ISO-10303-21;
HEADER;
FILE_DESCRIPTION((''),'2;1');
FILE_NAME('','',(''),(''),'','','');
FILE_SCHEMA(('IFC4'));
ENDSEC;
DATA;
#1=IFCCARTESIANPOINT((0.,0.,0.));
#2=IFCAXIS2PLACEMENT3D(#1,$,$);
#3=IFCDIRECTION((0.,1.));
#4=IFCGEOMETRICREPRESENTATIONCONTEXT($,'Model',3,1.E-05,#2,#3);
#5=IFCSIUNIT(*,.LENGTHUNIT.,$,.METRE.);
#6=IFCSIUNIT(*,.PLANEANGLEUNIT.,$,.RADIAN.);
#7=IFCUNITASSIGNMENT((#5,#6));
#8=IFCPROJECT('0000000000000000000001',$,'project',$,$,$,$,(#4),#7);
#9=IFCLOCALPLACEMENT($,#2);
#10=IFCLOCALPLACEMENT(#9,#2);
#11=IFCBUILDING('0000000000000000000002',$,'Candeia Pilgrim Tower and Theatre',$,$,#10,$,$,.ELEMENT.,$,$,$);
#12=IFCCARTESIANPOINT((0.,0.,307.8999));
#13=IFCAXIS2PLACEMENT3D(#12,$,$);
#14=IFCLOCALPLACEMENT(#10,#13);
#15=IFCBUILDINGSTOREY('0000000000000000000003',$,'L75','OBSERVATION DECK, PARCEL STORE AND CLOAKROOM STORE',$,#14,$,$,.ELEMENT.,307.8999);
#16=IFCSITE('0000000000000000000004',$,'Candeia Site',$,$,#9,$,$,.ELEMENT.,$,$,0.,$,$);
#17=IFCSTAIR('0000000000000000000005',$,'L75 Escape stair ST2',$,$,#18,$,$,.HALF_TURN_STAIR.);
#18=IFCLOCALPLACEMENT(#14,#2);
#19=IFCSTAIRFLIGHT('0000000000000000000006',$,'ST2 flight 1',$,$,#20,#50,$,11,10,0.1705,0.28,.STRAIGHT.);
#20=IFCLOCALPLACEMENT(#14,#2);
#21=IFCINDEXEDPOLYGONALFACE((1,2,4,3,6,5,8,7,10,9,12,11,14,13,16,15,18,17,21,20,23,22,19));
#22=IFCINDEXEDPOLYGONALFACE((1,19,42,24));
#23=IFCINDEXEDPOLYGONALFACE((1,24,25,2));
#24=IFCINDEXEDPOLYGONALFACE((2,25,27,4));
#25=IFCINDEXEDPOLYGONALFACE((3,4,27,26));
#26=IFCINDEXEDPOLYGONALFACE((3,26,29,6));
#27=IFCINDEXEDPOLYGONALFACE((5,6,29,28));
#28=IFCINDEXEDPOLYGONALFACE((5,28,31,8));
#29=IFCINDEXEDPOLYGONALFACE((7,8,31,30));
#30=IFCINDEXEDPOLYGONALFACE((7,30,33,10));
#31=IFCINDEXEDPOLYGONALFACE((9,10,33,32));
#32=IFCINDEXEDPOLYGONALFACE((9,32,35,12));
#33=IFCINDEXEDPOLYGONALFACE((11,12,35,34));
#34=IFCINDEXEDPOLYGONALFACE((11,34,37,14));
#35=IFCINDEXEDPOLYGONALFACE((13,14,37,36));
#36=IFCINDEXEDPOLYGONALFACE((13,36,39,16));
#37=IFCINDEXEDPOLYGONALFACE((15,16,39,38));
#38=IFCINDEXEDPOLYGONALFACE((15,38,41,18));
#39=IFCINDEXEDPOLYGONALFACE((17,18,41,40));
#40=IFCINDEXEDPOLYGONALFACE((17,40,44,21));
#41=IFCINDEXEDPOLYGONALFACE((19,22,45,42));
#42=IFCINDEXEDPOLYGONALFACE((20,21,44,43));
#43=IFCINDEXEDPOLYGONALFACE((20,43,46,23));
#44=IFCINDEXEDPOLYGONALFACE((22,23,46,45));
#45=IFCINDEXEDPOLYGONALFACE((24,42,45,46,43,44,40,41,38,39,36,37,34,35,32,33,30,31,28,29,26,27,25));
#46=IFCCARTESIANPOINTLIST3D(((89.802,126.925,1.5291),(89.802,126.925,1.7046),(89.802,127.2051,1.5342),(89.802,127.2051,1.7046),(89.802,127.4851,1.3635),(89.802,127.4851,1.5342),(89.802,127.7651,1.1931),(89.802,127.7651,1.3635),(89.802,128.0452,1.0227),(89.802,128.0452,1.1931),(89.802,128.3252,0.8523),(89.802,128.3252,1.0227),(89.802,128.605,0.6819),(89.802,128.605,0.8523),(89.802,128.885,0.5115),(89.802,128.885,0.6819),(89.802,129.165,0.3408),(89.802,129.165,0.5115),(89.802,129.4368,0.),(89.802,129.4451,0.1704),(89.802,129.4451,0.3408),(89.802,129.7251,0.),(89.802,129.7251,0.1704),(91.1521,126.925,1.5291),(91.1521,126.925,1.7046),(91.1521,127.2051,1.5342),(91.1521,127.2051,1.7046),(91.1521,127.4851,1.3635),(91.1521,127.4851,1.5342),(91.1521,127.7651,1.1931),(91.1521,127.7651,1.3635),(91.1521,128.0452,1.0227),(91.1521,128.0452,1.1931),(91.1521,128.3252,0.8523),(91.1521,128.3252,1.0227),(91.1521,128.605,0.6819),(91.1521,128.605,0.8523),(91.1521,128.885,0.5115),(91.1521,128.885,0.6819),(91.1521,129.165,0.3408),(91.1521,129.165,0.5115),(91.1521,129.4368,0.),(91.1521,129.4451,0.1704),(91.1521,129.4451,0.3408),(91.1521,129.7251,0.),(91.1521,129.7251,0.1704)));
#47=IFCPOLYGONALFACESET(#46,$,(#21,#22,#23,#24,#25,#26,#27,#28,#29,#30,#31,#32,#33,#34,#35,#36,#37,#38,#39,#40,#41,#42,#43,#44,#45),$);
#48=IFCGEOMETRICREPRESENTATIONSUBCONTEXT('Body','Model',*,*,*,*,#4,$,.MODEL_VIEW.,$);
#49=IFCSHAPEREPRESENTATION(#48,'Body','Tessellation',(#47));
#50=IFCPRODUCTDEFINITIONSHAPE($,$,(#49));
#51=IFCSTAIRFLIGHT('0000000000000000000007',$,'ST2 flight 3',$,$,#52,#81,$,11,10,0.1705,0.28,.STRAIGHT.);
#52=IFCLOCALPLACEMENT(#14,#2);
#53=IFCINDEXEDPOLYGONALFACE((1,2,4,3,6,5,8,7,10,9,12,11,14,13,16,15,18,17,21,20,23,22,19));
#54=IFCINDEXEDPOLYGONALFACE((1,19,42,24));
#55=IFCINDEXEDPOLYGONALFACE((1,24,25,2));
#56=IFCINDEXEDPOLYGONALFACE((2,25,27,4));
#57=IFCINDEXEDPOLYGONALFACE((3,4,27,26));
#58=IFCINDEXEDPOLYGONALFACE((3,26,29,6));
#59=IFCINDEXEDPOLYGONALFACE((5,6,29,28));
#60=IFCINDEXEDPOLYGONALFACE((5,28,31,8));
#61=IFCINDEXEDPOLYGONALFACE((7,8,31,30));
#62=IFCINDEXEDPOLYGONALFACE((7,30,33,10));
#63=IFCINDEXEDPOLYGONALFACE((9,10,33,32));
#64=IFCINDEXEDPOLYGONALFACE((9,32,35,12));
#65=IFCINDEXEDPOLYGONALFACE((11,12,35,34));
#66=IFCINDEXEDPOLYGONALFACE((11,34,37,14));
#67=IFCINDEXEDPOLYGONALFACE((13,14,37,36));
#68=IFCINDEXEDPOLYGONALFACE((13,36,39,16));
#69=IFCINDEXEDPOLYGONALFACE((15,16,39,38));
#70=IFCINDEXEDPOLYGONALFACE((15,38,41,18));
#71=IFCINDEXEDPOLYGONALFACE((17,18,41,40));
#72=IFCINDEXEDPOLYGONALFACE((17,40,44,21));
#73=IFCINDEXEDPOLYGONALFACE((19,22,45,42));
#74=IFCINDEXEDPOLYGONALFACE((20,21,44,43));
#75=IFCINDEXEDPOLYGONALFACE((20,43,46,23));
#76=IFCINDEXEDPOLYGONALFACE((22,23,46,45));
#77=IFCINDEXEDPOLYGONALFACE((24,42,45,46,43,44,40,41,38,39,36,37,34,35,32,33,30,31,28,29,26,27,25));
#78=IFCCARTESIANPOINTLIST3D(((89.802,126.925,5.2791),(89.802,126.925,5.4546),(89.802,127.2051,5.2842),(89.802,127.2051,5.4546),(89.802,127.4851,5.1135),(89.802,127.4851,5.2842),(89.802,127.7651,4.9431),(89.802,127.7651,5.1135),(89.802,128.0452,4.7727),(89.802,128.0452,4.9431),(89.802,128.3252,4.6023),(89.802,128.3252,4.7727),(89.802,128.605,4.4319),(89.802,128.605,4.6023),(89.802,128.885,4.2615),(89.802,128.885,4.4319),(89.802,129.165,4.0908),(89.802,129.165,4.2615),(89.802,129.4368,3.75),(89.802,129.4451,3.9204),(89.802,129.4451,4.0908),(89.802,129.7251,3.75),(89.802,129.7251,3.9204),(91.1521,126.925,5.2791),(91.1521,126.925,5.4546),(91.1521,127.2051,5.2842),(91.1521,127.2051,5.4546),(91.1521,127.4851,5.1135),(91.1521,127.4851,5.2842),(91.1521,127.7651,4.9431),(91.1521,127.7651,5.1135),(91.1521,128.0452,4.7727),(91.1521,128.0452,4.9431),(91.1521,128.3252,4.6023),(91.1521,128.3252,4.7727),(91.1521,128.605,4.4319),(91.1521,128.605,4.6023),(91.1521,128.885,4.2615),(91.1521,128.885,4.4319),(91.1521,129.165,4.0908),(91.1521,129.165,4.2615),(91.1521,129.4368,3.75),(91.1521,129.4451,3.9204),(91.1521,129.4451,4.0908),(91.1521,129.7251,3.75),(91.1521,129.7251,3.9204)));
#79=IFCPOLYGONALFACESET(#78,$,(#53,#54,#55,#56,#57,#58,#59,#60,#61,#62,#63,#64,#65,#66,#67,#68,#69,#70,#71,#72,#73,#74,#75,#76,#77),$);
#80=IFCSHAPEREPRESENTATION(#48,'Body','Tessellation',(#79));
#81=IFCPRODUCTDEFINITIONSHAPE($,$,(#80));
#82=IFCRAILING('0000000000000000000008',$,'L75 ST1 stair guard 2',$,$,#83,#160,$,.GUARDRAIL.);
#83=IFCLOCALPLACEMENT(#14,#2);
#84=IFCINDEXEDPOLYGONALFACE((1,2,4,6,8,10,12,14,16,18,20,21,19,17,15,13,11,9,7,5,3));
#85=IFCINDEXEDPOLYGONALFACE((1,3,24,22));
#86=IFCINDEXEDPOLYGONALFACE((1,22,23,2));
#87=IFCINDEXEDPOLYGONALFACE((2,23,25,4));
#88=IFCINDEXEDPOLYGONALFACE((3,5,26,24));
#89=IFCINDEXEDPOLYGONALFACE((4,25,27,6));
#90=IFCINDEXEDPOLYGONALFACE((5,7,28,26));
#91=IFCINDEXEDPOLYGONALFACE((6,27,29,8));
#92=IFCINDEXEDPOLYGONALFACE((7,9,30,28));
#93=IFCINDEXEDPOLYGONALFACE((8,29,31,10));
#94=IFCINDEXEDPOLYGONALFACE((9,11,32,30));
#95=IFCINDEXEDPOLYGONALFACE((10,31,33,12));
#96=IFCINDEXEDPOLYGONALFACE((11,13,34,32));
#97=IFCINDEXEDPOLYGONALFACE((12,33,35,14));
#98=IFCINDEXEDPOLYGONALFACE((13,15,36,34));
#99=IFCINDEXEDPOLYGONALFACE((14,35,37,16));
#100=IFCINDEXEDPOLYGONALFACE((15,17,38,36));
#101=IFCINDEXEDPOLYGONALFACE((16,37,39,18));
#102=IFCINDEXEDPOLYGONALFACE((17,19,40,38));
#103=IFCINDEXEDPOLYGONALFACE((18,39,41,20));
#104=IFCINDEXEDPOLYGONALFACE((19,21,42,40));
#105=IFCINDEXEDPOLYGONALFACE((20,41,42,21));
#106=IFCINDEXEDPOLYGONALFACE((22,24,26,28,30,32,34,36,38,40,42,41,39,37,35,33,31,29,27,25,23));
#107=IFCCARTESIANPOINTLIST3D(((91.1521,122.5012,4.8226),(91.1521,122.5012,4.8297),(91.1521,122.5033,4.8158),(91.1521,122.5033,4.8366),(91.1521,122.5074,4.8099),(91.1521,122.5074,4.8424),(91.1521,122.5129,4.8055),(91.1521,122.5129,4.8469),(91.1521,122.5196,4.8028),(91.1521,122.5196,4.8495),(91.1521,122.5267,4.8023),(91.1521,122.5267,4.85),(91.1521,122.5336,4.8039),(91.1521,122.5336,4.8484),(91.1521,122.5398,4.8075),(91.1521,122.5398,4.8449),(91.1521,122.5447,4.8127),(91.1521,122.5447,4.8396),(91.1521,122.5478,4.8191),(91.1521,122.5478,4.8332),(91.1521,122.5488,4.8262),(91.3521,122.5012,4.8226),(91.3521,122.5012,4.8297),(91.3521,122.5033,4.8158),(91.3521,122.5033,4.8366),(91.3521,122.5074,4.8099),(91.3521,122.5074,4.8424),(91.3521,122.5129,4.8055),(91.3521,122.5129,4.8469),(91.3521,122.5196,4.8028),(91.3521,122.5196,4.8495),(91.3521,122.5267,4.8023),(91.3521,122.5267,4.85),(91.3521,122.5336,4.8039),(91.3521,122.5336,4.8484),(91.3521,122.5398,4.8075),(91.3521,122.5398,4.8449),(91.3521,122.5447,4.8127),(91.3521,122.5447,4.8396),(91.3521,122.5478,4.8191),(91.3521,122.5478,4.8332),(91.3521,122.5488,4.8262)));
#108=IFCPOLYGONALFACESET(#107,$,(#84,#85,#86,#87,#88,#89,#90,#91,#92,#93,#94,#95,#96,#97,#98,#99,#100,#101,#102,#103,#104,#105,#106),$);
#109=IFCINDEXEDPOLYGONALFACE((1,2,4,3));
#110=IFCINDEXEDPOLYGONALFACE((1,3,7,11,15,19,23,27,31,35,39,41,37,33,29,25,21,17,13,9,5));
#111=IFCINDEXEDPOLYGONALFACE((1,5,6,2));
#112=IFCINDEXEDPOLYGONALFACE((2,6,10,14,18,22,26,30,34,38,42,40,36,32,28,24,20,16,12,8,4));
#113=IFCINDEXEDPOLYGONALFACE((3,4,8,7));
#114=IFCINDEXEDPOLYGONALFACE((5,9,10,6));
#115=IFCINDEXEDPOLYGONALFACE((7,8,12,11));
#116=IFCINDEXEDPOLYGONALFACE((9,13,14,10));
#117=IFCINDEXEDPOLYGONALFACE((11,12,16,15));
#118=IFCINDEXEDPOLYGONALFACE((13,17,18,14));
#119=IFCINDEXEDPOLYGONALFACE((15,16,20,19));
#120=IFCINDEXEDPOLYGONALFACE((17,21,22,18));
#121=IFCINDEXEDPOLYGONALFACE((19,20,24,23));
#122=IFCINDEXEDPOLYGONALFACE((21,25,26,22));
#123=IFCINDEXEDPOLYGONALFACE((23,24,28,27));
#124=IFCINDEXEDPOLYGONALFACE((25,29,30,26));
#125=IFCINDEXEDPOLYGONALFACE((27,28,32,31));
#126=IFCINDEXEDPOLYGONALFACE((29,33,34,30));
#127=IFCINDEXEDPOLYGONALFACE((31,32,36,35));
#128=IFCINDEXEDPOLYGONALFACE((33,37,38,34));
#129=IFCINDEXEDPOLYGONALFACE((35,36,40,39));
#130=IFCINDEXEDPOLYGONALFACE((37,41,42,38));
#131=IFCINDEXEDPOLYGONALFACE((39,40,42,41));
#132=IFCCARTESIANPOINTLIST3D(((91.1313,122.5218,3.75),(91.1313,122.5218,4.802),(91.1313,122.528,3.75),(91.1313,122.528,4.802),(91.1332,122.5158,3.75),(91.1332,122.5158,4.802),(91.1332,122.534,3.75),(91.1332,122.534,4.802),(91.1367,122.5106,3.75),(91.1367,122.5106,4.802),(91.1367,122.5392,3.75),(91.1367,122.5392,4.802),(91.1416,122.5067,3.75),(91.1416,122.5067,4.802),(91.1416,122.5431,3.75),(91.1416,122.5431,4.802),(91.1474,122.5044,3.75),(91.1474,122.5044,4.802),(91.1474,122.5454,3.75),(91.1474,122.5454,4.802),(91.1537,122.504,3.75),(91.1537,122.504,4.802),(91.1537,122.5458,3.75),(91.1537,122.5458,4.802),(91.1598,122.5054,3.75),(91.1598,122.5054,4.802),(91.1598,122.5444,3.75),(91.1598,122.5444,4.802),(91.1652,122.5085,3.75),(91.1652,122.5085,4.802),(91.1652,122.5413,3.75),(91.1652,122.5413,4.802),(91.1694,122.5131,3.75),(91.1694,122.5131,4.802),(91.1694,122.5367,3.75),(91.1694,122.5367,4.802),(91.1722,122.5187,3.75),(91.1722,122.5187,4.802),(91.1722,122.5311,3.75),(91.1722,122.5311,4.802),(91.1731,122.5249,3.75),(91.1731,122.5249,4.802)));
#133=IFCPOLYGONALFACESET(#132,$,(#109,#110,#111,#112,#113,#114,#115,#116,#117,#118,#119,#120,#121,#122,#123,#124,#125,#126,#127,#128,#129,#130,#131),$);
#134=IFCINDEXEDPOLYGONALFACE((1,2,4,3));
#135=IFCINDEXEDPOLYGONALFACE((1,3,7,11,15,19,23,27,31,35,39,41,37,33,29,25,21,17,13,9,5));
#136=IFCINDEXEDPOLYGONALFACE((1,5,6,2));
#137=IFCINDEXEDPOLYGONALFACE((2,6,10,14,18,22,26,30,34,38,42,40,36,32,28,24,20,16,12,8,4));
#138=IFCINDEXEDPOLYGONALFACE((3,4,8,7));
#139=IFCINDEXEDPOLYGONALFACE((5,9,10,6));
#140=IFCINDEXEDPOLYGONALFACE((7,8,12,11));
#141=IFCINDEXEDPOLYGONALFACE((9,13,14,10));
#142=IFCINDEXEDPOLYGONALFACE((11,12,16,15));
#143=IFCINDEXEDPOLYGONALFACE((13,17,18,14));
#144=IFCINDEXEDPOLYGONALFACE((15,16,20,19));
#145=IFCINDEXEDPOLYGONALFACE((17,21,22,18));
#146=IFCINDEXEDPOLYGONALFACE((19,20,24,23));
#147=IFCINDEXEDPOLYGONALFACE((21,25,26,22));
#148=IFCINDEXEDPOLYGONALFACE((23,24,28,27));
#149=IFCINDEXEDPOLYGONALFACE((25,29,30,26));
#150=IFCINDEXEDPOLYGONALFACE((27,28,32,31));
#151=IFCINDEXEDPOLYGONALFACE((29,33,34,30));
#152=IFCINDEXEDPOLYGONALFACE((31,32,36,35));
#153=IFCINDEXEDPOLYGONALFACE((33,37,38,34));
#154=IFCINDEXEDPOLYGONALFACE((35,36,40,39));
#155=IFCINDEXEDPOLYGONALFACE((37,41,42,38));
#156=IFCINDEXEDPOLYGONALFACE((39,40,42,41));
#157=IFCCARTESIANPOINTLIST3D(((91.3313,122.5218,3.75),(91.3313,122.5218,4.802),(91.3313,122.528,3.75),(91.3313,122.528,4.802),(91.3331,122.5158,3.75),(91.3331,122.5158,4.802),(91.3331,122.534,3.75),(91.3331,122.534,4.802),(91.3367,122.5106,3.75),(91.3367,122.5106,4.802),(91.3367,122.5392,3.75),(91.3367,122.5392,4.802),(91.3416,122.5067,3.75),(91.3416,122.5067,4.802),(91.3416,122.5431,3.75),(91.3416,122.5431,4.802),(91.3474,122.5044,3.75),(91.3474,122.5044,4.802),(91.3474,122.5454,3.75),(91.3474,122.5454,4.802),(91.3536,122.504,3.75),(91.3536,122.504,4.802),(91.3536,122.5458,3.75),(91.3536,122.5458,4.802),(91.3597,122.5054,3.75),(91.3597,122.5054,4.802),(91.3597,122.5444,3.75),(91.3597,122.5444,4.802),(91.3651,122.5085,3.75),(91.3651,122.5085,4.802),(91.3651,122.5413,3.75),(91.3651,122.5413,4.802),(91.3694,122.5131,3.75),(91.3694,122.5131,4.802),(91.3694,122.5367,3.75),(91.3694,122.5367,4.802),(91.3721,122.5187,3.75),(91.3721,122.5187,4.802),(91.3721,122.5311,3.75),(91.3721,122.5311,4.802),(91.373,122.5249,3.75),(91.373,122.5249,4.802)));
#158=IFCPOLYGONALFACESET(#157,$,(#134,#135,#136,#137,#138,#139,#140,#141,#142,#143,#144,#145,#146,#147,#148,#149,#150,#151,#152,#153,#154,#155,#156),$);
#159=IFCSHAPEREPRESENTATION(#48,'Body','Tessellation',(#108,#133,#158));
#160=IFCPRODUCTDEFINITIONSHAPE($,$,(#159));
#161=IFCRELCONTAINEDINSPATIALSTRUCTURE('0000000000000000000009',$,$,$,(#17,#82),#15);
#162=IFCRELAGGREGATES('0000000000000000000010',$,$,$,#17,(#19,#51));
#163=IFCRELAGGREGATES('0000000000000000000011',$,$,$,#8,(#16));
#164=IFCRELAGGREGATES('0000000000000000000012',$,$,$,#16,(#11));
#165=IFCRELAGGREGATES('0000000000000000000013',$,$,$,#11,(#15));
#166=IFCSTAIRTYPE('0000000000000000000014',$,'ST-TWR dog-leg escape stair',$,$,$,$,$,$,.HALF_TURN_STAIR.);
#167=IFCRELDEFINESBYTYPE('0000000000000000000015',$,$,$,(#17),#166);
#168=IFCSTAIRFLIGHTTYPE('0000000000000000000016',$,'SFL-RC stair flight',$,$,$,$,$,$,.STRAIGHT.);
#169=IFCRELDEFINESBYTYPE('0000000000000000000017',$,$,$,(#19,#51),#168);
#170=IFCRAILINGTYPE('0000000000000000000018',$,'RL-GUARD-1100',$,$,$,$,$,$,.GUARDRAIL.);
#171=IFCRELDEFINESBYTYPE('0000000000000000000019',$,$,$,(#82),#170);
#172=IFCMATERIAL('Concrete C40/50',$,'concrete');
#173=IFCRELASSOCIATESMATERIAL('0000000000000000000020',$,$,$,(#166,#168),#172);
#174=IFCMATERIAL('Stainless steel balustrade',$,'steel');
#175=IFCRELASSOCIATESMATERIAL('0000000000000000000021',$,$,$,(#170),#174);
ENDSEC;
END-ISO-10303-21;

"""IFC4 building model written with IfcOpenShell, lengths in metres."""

from ifc_helpers import new_model, si_unit, direction, frame, origin, origin_2d, place, context, subcontext, project, spatial, polyline, circle, outline, extrude, material, type_object, element, aggregate, save


model = new_model("IFC4")

# Units and contexts
model_context = context("Model", 3, precision=1e-05, world=origin(), true_north=direction((0.0, 1.0)))
body_context = subcontext(model_context, "Body", "Model", "MODEL_VIEW")
ifc_project = project(units=[si_unit("LENGTHUNIT", "METRE"), si_unit("PLANEANGLEUNIT", "RADIAN")], contexts=[model_context])

# Site, building, storey
site_placement = place(None, origin())
site = spatial("IfcSite", under=ifc_project, at=site_placement, Name="Candeia Site", CompositionType="ELEMENT", RefElevation=0.0)
building_placement = place(site_placement, origin())
building = spatial("IfcBuilding", under=site, at=building_placement, Name="Candeia Pilgrim Tower and Theatre", CompositionType="ELEMENT")
storey_placement = place(building_placement, frame((0.0, 0.0, 307.8999)))
storey = spatial("IfcBuildingStorey", under=building, at=storey_placement, Name="L75", Description="OBSERVATION DECK, PARCEL STORE AND CLOAKROOM STORE", CompositionType="ELEMENT", Elevation=307.8999)

# Shared definitions
ifc_material_1 = material(Name="Concrete C40/50", Category="concrete")

# Stair, stair flights
stair_type = type_object("IfcStairType", Name="ST-TWR dog-leg escape stair", PredefinedType="HALF_TURN_STAIR", material=ifc_material_1)
stair_flight_type = type_object("IfcStairFlightType", Name="SFL-RC stair flight", PredefinedType="STRAIGHT", material=ifc_material_1)
stair_1_placement = place(storey_placement, origin())
stair_1 = element("IfcStair", 1, at=stair_1_placement, inside=storey, type_object=stair_type, Name="L75 Escape stair ST2", PredefinedType="HALF_TURN_STAIR")
stair_flight_1_placement = place(storey_placement, frame((90.4771, 129.7251, 0.0), z_axis=(0.0, 0.0, 1.0), x_axis=(0.0, -1.0, 0.0)))
stair_flight_1 = element("IfcStairFlight", 2, at=stair_flight_1_placement, type_object=stair_flight_type, Name="ST2 flight 1", NumberOfRisers=11, NumberOfTreads=10, PredefinedType="STRAIGHT", RiserHeight=0.1705, TreadLength=0.28, context=body_context, shape_type="SweptSolid", body=[
    extrude(outline(polyline([(0.0, 0.0), (0.0, 0.1704), (0.28, 0.1704), (0.28, 0.3408), (0.5601, 0.3408), (0.5601, 0.5115), (0.8401, 0.5115), (0.8401, 0.6819), (1.1201, 0.6819), (1.1201, 0.8523), (1.3999, 0.8523), (1.3999, 1.0227), (1.6799, 1.0227), (1.6799, 1.1931), (1.96, 1.1931), (1.96, 1.3635), (2.24, 1.3635), (2.24, 1.5342), (2.52, 1.5342), (2.52, 1.7046), (2.8, 1.7046), (2.8, 1.875), (2.8, 1.5291), (0.2883, 0.0), (0.0, 0.0)])), frame((0.0, 0.675, 0.0), z_axis=(0.0, -1.0, 0.0), x_axis=(1.0, 0.0, 0.0)), (0.0, 0.0, 1.0), 1.3501),
])
stair_flight_2_placement = place(storey_placement, frame((90.4771, 129.7251, 3.75), z_axis=(0.0, 0.0, 1.0), x_axis=(0.0, -1.0, 0.0)))
stair_flight_2 = element("IfcStairFlight", 3, at=stair_flight_2_placement, type_object=stair_flight_type, Name="ST2 flight 3", NumberOfRisers=11, NumberOfTreads=10, PredefinedType="STRAIGHT", RiserHeight=0.1705, TreadLength=0.28, context=body_context, shape_type="SweptSolid", body=[
    extrude(outline(polyline([(0.0, 0.0), (0.0, 0.1704), (0.28, 0.1704), (0.28, 0.3408), (0.5601, 0.3408), (0.5601, 0.5115), (0.8401, 0.5115), (0.8401, 0.6819), (1.1201, 0.6819), (1.1201, 0.8523), (1.3999, 0.8523), (1.3999, 1.0227), (1.6799, 1.0227), (1.6799, 1.1931), (1.96, 1.1931), (1.96, 1.3635), (2.24, 1.3635), (2.24, 1.5342), (2.52, 1.5342), (2.52, 1.7046), (2.8, 1.7046), (2.8, 1.875), (2.8, 1.5291), (0.2883, 0.0), (0.0, 0.0)])), frame((0.0, 0.675, 0.0), z_axis=(0.0, -1.0, 0.0), x_axis=(1.0, 0.0, 0.0)), (0.0, 0.0, 1.0), 1.3501),
])
aggregate(stair_1, [stair_flight_1, stair_flight_2])

# Railing
ifc_material_2 = material(Name="Stainless steel balustrade", Category="steel")
railing_type_1 = type_object("IfcRailingType", Name="RL-GUARD-1100", PredefinedType="GUARDRAIL", material=ifc_material_2)
railing_1_placement = place(storey_placement, frame((91.1521, 122.5249, 3.75)))
element("IfcRailing", 4, at=railing_1_placement, inside=storey, type_object=railing_type_1, Name="L75 ST1 stair guard 2", PredefinedType="GUARDRAIL", context=body_context, shape_type="SweptSolid", body=[
    extrude(circle(Radius=0.0239, at=origin_2d()), frame((0.0, 0.0, 1.0762), z_axis=(1.0, 0.0, 0.0), x_axis=(0.0, 1.0, 0.0)), (0.0, 0.0, 1.0), 0.2),
    extrude(circle(Radius=0.021, at=origin_2d()), origin(), (0.0, 0.0, 1.0), 1.052),
    extrude(circle(Radius=0.021, at=origin_2d()), frame((0.2, 0.0, 0.0)), (0.0, 0.0, 1.0), 1.052),
])

save(model, "model.ifc")
